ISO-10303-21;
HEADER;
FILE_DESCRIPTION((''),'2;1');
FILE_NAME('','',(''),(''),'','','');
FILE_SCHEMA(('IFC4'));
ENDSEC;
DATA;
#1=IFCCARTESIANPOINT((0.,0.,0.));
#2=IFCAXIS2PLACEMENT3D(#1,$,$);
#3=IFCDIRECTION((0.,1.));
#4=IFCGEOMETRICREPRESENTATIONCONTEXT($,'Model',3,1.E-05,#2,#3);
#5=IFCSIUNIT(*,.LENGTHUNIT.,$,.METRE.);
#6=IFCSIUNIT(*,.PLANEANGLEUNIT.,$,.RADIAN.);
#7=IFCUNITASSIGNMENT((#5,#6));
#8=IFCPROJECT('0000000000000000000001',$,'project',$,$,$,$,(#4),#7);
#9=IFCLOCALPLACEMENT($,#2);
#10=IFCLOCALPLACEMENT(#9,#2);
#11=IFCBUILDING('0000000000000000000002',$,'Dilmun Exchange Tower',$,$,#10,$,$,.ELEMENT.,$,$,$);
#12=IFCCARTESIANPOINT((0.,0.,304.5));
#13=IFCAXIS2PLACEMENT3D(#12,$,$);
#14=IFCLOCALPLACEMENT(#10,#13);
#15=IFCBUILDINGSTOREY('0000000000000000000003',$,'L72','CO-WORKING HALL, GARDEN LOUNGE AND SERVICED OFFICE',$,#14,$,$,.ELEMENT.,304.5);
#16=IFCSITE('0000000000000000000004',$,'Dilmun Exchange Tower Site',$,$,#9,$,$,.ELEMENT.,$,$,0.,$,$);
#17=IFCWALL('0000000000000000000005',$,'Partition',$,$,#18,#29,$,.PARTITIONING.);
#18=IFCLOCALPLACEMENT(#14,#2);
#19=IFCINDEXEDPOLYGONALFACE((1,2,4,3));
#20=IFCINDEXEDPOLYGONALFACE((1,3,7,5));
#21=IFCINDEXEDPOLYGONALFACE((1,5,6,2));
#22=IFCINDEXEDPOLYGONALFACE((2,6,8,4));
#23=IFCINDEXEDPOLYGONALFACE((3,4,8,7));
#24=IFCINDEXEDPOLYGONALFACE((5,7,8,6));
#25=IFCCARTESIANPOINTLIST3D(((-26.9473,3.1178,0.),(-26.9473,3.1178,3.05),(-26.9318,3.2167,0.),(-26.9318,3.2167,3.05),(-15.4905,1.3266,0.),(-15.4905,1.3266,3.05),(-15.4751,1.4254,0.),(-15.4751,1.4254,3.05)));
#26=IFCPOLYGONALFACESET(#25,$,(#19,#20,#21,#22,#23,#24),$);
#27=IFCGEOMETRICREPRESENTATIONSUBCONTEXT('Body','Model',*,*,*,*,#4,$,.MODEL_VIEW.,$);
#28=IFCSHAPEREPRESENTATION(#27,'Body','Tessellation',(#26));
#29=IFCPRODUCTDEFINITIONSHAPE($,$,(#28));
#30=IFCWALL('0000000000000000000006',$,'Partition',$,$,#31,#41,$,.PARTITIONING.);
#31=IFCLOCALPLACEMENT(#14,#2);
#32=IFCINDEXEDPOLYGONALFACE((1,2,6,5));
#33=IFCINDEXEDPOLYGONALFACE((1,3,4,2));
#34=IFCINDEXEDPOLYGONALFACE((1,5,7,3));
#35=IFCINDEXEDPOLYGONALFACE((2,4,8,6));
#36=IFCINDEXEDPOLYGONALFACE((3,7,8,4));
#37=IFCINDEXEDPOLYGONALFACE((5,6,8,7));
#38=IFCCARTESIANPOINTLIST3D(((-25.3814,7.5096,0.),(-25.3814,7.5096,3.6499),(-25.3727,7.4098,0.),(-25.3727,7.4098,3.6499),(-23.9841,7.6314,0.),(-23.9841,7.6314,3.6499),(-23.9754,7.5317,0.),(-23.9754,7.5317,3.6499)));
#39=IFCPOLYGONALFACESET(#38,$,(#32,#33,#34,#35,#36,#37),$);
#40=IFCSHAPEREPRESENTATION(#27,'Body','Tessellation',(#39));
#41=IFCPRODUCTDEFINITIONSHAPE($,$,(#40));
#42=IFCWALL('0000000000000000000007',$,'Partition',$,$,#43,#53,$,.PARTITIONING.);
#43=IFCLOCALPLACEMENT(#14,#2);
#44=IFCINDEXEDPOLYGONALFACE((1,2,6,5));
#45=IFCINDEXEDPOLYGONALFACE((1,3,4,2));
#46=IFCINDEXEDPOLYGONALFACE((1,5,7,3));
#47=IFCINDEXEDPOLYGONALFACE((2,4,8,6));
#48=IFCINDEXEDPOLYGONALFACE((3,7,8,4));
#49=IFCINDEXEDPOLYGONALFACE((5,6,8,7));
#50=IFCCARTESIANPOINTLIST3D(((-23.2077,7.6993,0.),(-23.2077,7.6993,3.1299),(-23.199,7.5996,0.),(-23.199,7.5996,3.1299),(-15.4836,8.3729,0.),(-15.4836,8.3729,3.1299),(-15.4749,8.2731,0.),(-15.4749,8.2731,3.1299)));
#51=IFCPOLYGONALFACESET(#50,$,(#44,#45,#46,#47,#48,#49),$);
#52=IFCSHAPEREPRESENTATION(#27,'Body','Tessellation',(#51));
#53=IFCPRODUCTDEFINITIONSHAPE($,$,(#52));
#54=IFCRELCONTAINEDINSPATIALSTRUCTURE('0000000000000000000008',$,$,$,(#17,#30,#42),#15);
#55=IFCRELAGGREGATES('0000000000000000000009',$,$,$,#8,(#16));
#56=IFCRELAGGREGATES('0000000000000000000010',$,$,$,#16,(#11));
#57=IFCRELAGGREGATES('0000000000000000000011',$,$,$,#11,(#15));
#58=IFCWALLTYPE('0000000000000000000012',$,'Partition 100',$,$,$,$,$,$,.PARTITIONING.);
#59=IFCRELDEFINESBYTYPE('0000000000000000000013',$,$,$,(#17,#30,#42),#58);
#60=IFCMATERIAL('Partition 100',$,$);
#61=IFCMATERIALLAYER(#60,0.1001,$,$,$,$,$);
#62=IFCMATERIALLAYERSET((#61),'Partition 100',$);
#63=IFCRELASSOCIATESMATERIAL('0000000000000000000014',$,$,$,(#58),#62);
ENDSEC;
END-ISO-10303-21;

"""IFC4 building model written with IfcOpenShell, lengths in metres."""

from ifc_helpers import new_model, si_unit, direction, frame, frame_2d, origin, place, context, subcontext, project, spatial, rectangle, extrude, material, layer, layer_set, type_object, element, save


model = new_model("IFC4")

# Units and contexts
model_context = context("Model", 3, precision=1e-05, world=origin(), true_north=direction((0.0, 1.0)))
body_context = subcontext(model_context, "Body", "Model", "MODEL_VIEW")
ifc_project = project(units=[si_unit("LENGTHUNIT", "METRE"), si_unit("PLANEANGLEUNIT", "RADIAN")], contexts=[model_context])

# Site, building, storey
site_placement = place(None, origin())
site = spatial("IfcSite", under=ifc_project, at=site_placement, Name="Dilmun Exchange Tower Site", CompositionType="ELEMENT", RefElevation=0.0)
building_placement = place(site_placement, origin())
building = spatial("IfcBuilding", under=site, at=building_placement, Name="Dilmun Exchange Tower", CompositionType="ELEMENT")
storey_placement = place(building_placement, frame((0.0, 0.0, 304.5)))
storey = spatial("IfcBuildingStorey", under=building, at=storey_placement, Name="L72", Description="CO-WORKING HALL, GARDEN LOUNGE AND SERVICED OFFICE", CompositionType="ELEMENT", Elevation=304.5)

# Walls
ifc_material_1 = material(Name="Partition 100")
ifc_layer_1 = layer(ifc_material_1, 0.1001)
ifc_layer_set_1 = layer_set([ifc_layer_1], Name="Partition 100")
wall_type_1 = type_object("IfcWallType", Name="Partition 100", PredefinedType="PARTITIONING", material=ifc_layer_set_1)
wall_1_placement = place(storey_placement, frame((-26.9395, 3.1672, 0.0), z_axis=(0.0, 0.0, 1.0), x_axis=(0.987997, -0.154473, 0.0)))
element("IfcWall", 1, at=wall_1_placement, inside=storey, type_object=wall_type_1, Name="Partition", PredefinedType="PARTITIONING", context=body_context, shape_type="SweptSolid", body=[
    extrude(rectangle(XDim=11.5959, YDim=0.1001, at=frame_2d((5.7979, 0.0))), origin(), (0.0, 0.0, 1.0), 3.05),
])
wall_2_placement = place(storey_placement, frame((-25.377, 7.4597, 0.0), z_axis=(0.0, 0.0, 1.0), x_axis=(0.99622, 0.086862, 0.0)))
element("IfcWall", 2, at=wall_2_placement, inside=storey, type_object=wall_type_1, Name="Partition", PredefinedType="PARTITIONING", context=body_context, shape_type="SweptSolid", body=[
    extrude(rectangle(XDim=1.4026, YDim=0.1001, at=frame_2d((0.7012, 0.0))), origin(), (0.0, 0.0, 1.0), 3.6499),
])
wall_3_placement = place(storey_placement, frame((-23.2034, 7.6494, 0.0), z_axis=(0.0, 0.0, 1.0), x_axis=(0.996219, 0.086876, 0.0)))
element("IfcWall", 3, at=wall_3_placement, inside=storey, type_object=wall_type_1, Name="Partition", PredefinedType="PARTITIONING", context=body_context, shape_type="SweptSolid", body=[
    extrude(rectangle(XDim=7.7534, YDim=0.1001, at=frame_2d((3.8767, 0.0))), origin(), (0.0, 0.0, 1.0), 3.1299),
])

save(model, "model.ifc")
